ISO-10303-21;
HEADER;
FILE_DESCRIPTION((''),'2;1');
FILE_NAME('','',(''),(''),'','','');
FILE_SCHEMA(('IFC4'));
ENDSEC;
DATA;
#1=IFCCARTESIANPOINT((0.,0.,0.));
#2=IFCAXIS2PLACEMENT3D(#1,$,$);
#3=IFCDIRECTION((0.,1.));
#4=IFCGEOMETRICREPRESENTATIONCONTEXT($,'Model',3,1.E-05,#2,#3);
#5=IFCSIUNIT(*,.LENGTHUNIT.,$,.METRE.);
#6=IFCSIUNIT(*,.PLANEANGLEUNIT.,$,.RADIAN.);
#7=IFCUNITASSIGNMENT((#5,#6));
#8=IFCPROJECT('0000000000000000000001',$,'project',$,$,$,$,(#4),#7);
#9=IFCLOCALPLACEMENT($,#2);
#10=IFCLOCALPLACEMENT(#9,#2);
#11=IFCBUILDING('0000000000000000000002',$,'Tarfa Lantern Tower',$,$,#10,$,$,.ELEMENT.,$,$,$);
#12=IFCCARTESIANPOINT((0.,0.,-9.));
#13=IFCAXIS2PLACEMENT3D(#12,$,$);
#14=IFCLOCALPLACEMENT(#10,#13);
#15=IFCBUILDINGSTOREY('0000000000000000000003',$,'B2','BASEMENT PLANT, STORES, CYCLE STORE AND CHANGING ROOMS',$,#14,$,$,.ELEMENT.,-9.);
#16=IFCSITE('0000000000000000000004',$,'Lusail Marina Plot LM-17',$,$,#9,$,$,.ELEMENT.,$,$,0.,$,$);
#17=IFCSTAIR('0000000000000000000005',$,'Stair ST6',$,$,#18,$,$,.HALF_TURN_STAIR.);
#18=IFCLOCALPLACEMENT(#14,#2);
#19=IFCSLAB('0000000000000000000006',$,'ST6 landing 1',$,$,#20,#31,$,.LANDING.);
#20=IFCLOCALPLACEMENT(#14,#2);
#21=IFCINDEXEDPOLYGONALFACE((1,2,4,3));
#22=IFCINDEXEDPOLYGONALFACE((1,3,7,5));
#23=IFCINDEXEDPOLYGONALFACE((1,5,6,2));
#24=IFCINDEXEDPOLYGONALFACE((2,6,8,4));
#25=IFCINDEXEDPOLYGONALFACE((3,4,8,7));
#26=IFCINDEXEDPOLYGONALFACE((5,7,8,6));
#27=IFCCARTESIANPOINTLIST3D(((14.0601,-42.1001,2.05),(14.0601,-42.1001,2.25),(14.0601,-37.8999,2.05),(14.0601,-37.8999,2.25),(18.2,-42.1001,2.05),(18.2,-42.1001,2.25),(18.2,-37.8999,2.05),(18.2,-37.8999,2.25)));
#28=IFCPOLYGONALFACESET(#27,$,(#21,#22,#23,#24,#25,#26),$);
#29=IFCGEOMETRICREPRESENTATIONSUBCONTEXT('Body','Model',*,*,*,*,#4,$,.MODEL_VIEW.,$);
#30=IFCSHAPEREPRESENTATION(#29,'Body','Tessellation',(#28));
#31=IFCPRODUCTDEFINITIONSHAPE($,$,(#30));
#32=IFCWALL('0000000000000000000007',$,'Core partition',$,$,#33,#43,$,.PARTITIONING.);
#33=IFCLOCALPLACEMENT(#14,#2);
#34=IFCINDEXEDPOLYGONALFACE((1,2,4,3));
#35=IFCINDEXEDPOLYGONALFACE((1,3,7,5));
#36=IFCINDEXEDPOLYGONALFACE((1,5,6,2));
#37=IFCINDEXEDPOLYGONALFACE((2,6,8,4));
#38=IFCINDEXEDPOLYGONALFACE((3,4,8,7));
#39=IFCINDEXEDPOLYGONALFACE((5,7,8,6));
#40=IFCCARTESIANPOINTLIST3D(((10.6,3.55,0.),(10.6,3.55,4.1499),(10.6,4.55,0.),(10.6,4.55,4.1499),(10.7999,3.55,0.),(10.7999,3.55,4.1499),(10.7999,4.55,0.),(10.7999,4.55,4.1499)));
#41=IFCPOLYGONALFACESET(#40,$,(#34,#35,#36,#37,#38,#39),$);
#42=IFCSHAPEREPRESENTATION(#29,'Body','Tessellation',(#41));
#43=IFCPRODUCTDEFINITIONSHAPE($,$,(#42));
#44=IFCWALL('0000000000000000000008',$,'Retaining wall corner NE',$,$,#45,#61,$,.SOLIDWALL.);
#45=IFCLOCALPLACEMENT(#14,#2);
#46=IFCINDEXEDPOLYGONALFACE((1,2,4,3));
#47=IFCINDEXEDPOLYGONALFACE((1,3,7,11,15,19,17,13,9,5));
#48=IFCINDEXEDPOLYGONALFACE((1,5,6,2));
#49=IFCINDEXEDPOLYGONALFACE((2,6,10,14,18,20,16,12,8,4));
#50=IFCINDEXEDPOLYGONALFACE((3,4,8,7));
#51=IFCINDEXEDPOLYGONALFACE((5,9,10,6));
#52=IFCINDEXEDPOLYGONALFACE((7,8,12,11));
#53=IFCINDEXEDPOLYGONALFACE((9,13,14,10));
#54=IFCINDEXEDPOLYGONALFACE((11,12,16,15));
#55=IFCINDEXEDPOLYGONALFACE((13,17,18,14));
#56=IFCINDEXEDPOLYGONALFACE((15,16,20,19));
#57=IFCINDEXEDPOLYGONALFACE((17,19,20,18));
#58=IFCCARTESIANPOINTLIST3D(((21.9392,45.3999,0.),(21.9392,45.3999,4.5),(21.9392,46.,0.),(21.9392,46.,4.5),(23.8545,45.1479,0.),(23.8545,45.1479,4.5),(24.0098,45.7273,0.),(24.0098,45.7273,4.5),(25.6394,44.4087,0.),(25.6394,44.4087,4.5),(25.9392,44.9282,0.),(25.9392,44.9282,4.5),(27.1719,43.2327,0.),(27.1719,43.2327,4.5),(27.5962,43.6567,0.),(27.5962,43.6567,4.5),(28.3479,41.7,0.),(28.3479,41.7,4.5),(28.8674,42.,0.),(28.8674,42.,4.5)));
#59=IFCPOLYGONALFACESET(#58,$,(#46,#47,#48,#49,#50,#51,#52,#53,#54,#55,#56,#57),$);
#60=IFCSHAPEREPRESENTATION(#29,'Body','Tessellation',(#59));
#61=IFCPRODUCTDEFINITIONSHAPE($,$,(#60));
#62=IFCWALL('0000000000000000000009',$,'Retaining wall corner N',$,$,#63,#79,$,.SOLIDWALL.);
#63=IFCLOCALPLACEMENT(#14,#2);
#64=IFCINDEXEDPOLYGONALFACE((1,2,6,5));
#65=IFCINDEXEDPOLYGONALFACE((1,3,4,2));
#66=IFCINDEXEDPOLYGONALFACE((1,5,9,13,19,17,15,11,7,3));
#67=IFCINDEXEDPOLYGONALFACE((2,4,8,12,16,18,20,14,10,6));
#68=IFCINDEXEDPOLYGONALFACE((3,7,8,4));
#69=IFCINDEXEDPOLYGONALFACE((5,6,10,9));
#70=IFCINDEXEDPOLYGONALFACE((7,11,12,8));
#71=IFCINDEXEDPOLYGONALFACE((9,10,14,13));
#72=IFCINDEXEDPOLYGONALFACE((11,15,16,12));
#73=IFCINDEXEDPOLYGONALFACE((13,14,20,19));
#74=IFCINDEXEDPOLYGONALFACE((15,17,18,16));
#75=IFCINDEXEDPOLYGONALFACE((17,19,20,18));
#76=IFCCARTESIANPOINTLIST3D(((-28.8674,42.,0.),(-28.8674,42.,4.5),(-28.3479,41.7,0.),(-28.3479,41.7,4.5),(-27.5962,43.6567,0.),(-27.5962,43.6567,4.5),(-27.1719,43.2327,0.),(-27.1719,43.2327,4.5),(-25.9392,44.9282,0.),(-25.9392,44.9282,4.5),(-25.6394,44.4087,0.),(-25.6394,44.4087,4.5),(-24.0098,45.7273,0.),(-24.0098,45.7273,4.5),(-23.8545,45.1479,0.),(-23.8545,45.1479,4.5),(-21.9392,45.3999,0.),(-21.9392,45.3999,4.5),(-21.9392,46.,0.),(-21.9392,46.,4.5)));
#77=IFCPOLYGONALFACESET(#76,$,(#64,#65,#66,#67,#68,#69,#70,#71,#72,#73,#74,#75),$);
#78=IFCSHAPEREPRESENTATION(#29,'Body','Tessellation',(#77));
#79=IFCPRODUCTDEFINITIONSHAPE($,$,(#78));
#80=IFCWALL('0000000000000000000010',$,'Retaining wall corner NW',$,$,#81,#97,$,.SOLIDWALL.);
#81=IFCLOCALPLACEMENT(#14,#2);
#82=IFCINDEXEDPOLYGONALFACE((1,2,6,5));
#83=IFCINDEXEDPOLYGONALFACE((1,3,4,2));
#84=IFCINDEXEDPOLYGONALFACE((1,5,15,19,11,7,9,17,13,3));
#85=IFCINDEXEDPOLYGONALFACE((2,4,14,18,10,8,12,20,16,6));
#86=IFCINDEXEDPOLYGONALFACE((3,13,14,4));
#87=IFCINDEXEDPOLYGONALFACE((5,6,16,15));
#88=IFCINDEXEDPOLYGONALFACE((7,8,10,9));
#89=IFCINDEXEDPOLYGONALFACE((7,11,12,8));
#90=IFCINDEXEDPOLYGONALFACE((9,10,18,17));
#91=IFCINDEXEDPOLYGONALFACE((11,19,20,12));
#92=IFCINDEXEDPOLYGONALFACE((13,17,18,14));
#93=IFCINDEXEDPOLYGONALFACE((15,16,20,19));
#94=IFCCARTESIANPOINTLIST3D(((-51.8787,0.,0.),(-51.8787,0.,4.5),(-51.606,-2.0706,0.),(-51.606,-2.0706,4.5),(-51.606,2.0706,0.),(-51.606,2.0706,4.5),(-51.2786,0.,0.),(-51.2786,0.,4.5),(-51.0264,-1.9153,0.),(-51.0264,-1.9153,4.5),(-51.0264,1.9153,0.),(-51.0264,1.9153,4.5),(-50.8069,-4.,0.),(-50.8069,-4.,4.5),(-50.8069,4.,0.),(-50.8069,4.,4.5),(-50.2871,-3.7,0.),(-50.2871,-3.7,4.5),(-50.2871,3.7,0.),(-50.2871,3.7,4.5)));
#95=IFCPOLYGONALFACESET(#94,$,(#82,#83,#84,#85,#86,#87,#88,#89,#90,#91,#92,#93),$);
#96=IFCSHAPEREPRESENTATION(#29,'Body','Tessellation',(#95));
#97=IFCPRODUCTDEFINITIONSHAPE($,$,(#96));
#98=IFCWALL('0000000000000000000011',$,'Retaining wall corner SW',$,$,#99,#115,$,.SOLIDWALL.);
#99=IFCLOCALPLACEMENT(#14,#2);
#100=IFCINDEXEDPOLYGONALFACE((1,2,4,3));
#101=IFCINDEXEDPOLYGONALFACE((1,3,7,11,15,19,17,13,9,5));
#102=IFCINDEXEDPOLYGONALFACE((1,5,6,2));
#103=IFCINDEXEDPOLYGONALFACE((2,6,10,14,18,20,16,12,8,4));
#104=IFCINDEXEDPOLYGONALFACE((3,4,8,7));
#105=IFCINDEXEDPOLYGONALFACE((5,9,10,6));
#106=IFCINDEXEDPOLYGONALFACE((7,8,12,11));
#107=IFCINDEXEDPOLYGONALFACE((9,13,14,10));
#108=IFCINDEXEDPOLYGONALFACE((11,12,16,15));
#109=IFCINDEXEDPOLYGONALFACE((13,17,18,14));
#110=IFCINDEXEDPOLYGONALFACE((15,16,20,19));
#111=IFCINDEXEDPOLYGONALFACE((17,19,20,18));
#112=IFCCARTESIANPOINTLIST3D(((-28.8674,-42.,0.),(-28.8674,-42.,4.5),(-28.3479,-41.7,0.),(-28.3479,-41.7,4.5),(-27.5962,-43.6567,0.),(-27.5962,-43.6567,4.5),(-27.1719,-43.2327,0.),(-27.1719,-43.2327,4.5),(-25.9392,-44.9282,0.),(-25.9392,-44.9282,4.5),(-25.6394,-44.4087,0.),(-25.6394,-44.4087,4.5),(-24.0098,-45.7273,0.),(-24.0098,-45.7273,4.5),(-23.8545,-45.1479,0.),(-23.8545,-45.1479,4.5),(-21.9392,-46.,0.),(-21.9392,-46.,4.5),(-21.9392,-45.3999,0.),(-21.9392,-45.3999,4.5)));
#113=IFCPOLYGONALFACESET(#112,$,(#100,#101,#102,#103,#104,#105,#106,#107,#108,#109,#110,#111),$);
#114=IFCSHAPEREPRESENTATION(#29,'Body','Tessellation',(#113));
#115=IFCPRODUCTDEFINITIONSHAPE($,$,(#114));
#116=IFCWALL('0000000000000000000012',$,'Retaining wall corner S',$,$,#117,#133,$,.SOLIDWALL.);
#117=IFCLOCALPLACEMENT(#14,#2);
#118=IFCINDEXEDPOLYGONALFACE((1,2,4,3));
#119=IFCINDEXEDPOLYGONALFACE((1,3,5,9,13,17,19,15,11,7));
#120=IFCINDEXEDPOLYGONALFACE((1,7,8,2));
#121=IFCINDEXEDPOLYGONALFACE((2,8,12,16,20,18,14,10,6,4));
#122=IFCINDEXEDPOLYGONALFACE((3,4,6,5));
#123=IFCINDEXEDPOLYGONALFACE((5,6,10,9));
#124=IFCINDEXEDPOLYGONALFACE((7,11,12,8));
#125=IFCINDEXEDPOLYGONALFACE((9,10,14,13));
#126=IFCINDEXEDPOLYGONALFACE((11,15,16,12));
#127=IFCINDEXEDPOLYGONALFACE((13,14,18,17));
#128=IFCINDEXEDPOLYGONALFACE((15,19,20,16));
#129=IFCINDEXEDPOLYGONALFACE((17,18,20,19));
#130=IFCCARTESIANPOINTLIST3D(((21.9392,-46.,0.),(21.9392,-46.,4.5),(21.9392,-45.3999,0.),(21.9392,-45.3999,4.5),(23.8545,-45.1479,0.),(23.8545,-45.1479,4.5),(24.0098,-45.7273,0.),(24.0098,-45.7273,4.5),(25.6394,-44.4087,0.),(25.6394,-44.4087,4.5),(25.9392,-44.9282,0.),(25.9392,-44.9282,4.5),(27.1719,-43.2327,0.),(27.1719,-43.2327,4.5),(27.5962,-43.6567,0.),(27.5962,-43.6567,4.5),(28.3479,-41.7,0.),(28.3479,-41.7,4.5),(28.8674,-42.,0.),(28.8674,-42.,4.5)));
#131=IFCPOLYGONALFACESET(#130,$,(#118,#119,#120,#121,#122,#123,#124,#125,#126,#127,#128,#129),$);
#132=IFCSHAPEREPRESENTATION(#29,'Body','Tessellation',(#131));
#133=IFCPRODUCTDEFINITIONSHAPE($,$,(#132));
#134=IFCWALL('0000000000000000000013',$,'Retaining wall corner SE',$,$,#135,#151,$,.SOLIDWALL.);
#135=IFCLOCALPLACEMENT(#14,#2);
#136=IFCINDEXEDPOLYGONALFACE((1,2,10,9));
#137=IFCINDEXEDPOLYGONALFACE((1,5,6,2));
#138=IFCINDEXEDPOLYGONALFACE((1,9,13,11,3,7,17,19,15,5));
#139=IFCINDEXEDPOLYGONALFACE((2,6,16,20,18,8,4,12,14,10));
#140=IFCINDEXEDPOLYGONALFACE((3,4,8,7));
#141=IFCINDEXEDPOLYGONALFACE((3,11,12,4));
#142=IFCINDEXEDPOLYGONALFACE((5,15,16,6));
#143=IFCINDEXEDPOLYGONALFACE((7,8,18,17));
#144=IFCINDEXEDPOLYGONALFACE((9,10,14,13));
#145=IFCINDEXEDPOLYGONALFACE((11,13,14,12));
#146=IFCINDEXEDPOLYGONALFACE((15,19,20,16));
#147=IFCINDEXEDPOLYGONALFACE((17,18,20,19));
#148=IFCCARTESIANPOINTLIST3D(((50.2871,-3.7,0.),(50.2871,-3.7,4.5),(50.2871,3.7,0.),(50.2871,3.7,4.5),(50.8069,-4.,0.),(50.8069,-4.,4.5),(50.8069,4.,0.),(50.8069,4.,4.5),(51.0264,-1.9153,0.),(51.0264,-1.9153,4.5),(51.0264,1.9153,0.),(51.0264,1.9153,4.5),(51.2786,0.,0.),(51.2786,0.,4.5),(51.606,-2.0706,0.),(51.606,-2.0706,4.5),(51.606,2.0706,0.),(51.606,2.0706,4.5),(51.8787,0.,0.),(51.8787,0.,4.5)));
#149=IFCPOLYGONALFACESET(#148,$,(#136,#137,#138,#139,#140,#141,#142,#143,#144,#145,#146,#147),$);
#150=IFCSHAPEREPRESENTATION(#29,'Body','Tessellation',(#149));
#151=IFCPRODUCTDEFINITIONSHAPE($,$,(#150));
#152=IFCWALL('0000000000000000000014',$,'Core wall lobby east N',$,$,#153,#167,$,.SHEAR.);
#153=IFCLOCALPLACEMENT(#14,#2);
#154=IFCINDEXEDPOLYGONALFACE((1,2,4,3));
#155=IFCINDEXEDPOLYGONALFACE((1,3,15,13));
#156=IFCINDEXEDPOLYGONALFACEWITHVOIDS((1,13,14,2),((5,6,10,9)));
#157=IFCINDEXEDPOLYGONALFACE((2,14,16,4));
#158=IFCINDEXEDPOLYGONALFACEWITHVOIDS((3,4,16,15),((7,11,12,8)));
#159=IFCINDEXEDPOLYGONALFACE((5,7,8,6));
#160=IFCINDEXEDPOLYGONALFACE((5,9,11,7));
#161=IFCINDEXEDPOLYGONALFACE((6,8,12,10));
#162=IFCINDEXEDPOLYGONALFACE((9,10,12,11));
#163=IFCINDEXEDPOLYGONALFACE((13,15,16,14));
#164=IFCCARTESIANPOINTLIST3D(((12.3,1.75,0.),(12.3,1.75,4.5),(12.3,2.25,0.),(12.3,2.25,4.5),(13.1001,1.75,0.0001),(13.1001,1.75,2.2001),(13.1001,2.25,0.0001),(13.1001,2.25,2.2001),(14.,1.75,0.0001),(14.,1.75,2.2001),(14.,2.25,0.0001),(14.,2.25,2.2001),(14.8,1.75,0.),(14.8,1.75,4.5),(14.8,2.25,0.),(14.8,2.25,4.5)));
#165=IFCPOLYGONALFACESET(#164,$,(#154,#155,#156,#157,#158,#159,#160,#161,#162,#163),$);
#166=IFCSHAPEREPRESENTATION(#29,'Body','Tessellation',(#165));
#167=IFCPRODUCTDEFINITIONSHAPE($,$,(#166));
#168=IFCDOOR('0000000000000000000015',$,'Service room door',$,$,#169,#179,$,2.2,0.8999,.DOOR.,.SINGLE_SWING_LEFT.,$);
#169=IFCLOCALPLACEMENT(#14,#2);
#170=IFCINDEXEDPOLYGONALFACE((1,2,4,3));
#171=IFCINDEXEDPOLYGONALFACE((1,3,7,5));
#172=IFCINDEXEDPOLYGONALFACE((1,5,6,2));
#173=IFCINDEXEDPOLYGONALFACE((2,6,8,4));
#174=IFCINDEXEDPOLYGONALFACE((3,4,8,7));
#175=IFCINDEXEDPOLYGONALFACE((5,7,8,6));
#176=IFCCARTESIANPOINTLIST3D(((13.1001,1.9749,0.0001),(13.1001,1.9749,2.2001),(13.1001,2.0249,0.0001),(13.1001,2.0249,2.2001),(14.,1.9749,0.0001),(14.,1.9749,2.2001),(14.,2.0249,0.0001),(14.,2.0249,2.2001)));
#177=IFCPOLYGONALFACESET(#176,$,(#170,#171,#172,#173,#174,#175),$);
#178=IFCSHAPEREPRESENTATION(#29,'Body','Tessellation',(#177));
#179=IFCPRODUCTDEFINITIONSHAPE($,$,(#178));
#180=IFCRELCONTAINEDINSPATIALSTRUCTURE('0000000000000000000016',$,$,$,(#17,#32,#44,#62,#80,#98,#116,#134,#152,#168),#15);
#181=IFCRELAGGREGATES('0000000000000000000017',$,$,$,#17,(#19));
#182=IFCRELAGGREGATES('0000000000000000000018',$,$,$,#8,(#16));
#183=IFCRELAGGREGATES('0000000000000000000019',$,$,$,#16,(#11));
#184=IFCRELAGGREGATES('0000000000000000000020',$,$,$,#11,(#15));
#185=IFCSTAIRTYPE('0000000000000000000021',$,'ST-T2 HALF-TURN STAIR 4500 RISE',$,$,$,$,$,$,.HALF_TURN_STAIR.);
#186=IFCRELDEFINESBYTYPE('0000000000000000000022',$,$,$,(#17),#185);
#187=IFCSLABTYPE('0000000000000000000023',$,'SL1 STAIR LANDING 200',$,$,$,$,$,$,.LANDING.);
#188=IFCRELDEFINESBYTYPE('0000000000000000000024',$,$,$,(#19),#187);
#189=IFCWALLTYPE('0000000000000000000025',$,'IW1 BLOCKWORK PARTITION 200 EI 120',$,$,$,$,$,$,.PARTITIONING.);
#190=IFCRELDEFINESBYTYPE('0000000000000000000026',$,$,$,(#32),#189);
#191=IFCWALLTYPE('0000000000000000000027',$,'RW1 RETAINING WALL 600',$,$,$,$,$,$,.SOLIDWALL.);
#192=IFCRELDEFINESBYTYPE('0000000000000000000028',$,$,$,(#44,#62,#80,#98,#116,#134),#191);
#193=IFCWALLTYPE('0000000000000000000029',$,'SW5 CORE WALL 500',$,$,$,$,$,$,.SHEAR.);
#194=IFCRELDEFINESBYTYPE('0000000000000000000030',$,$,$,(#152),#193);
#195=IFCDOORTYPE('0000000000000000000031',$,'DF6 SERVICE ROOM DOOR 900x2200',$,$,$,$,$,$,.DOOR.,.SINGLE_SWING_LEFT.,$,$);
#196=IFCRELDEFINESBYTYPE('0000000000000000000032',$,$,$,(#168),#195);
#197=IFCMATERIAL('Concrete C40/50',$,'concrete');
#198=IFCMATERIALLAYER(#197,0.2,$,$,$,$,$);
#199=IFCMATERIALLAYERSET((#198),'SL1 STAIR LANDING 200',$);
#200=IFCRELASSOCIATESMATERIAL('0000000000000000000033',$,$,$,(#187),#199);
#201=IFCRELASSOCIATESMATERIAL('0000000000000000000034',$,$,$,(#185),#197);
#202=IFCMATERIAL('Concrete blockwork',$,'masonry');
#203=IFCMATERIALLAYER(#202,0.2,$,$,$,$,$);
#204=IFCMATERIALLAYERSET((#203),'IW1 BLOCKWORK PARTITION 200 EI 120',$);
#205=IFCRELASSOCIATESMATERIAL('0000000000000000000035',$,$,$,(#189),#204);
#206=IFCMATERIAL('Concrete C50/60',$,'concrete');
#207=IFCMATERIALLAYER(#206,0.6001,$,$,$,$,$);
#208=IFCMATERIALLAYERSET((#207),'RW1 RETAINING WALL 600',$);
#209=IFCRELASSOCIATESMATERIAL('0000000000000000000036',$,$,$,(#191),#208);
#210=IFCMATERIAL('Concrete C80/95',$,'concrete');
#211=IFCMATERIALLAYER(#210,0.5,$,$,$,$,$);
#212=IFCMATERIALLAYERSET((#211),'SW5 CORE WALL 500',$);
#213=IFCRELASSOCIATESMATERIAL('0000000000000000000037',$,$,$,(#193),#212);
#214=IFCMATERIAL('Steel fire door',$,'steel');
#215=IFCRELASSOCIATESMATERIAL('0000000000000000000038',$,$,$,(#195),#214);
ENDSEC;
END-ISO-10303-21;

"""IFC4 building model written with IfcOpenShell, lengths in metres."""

from ifc_helpers import new_model, si_unit, direction, frame, frame_2d, origin, place, context, subcontext, project, spatial, polyline, rectangle, outline, extrude, material, layer, layer_set, type_object, element, fill, aggregate, save


model = new_model("IFC4")

# Units and contexts
model_context = context("Model", 3, precision=1e-05, world=origin(), true_north=direction((0.0, 1.0)))
body_context = subcontext(model_context, "Body", "Model", "MODEL_VIEW")
ifc_project = project(units=[si_unit("LENGTHUNIT", "METRE"), si_unit("PLANEANGLEUNIT", "RADIAN")], contexts=[model_context])

# Site, building, storey
site_placement = place(None, origin())
site = spatial("IfcSite", under=ifc_project, at=site_placement, Name="Lusail Marina Plot LM-17", CompositionType="ELEMENT", RefElevation=0.0)
building_placement = place(site_placement, origin())
building = spatial("IfcBuilding", under=site, at=building_placement, Name="Tarfa Lantern Tower", CompositionType="ELEMENT")
storey_placement = place(building_placement, frame((0.0, 0.0, -9.0)))
storey = spatial("IfcBuildingStorey", under=building, at=storey_placement, Name="B2", Description="BASEMENT PLANT, STORES, CYCLE STORE AND CHANGING ROOMS", CompositionType="ELEMENT", Elevation=-9.0)

# Shared definitions
ifc_material_1 = material(Name="Concrete C40/50", Category="concrete")

# Stair, slab
ifc_layer_1 = layer(ifc_material_1, 0.2)
ifc_layer_set_1 = layer_set([ifc_layer_1], Name="SL1 STAIR LANDING 200")
slab_type = type_object("IfcSlabType", Name="SL1 STAIR LANDING 200", PredefinedType="LANDING", material=ifc_layer_set_1)
stair_type_1 = type_object("IfcStairType", Name="ST-T2 HALF-TURN STAIR 4500 RISE", PredefinedType="HALF_TURN_STAIR", material=ifc_material_1)
stair_1_placement = place(storey_placement, origin())
stair_1 = element("IfcStair", 1, at=stair_1_placement, inside=storey, type_object=stair_type_1, Name="Stair ST6", PredefinedType="HALF_TURN_STAIR")
slab_1_placement = place(storey_placement, frame((0.0, 0.0, 2.05)))
slab_1 = element("IfcSlab", 2, at=slab_1_placement, type_object=slab_type, Name="ST6 landing 1", PredefinedType="LANDING", context=body_context, shape_type="SweptSolid", body=[
    extrude(outline(polyline([(14.0601, -42.1001), (18.2, -42.1001), (18.2, -37.8999), (14.0601, -37.8999), (14.0601, -42.1001)])), origin(), (0.0, 0.0, 1.0), 0.2),
])
aggregate(stair_1, [slab_1])

# Walls
ifc_material_2 = material(Name="Concrete blockwork", Category="masonry")
ifc_layer_2 = layer(ifc_material_2, 0.2)
ifc_layer_set_2 = layer_set([ifc_layer_2], Name="IW1 BLOCKWORK PARTITION 200 EI 120")
wall_type_1 = type_object("IfcWallType", Name="IW1 BLOCKWORK PARTITION 200 EI 120", PredefinedType="PARTITIONING", material=ifc_layer_set_2)
wall_1_placement = place(storey_placement, frame((10.7, 3.55, 0.0), z_axis=(0.0, 0.0, 1.0), x_axis=(0.0, 1.0, 0.0)))
element("IfcWall", 3, at=wall_1_placement, inside=storey, type_object=wall_type_1, Name="Core partition", PredefinedType="PARTITIONING", context=body_context, shape_type="SweptSolid", body=[
    extrude(rectangle(XDim=1.0, YDim=0.2, at=frame_2d((0.5, 0.0))), origin(), (0.0, 0.0, 1.0), 4.1499),
])
ifc_material_3 = material(Name="Concrete C50/60", Category="concrete")
ifc_layer_3 = layer(ifc_material_3, 0.6001)
ifc_layer_set_3 = layer_set([ifc_layer_3], Name="RW1 RETAINING WALL 600")
wall_type_2 = type_object("IfcWallType", Name="RW1 RETAINING WALL 600", PredefinedType="SOLIDWALL", material=ifc_layer_set_3)
wall_2_placement = place(storey_placement, origin())
element("IfcWall", 4, at=wall_2_placement, inside=storey, type_object=wall_type_2, Name="Retaining wall corner NE", PredefinedType="SOLIDWALL", context=body_context, shape_type="SweptSolid", body=[
    extrude(outline(polyline([(28.8674, 42.0), (27.5962, 43.6567), (25.9392, 44.9282), (24.0098, 45.7273), (21.9392, 46.0), (21.9392, 45.3999), (23.8545, 45.1479), (25.6394, 44.4087), (27.1719, 43.2327), (28.3479, 41.7), (28.8674, 42.0)])), origin(), (0.0, 0.0, 1.0), 4.5),
])
wall_3_placement = place(storey_placement, origin())
element("IfcWall", 5, at=wall_3_placement, inside=storey, type_object=wall_type_2, Name="Retaining wall corner N", PredefinedType="SOLIDWALL", context=body_context, shape_type="SweptSolid", body=[
    extrude(outline(polyline([(-21.9392, 46.0), (-24.0098, 45.7273), (-25.9392, 44.9282), (-27.5962, 43.6567), (-28.8674, 42.0), (-28.3479, 41.7), (-27.1719, 43.2327), (-25.6394, 44.4087), (-23.8545, 45.1479), (-21.9392, 45.3999), (-21.9392, 46.0)])), origin(), (0.0, 0.0, 1.0), 4.5),
])
wall_4_placement = place(storey_placement, origin())
element("IfcWall", 6, at=wall_4_placement, inside=storey, type_object=wall_type_2, Name="Retaining wall corner NW", PredefinedType="SOLIDWALL", context=body_context, shape_type="SweptSolid", body=[
    extrude(outline(polyline([(-50.8069, 4.0), (-51.606, 2.0706), (-51.8787, 0.0), (-51.606, -2.0706), (-50.8069, -4.0), (-50.2871, -3.7), (-51.0264, -1.9153), (-51.2786, 0.0), (-51.0264, 1.9153), (-50.2871, 3.7), (-50.8069, 4.0)])), origin(), (0.0, 0.0, 1.0), 4.5),
])
wall_5_placement = place(storey_placement, origin())
element("IfcWall", 7, at=wall_5_placement, inside=storey, type_object=wall_type_2, Name="Retaining wall corner SW", PredefinedType="SOLIDWALL", context=body_context, shape_type="SweptSolid", body=[
    extrude(outline(polyline([(-28.8674, -42.0), (-27.5962, -43.6567), (-25.9392, -44.9282), (-24.0098, -45.7273), (-21.9392, -46.0), (-21.9392, -45.3999), (-23.8545, -45.1479), (-25.6394, -44.4087), (-27.1719, -43.2327), (-28.3479, -41.7), (-28.8674, -42.0)])), origin(), (0.0, 0.0, 1.0), 4.5),
])
wall_6_placement = place(storey_placement, origin())
element("IfcWall", 8, at=wall_6_placement, inside=storey, type_object=wall_type_2, Name="Retaining wall corner S", PredefinedType="SOLIDWALL", context=body_context, shape_type="SweptSolid", body=[
    extrude(outline(polyline([(21.9392, -46.0), (24.0098, -45.7273), (25.9392, -44.9282), (27.5962, -43.6567), (28.8674, -42.0), (28.3479, -41.7), (27.1719, -43.2327), (25.6394, -44.4087), (23.8545, -45.1479), (21.9392, -45.3999), (21.9392, -46.0)])), origin(), (0.0, 0.0, 1.0), 4.5),
])
wall_7_placement = place(storey_placement, origin())
element("IfcWall", 9, at=wall_7_placement, inside=storey, type_object=wall_type_2, Name="Retaining wall corner SE", PredefinedType="SOLIDWALL", context=body_context, shape_type="SweptSolid", body=[
    extrude(outline(polyline([(50.8069, -4.0), (51.606, -2.0706), (51.8787, 0.0), (51.606, 2.0706), (50.8069, 4.0), (50.2871, 3.7), (51.0264, 1.9153), (51.2786, 0.0), (51.0264, -1.9153), (50.2871, -3.7), (50.8069, -4.0)])), origin(), (0.0, 0.0, 1.0), 4.5),
])

# Wall, opening, door
ifc_material_4 = material(Name="Concrete C80/95", Category="concrete")
ifc_layer_4 = layer(ifc_material_4, 0.5)
ifc_layer_set_4 = layer_set([ifc_layer_4], Name="SW5 CORE WALL 500")
wall_type_3 = type_object("IfcWallType", Name="SW5 CORE WALL 500", PredefinedType="SHEAR", material=ifc_layer_set_4)
wall_8_placement = place(storey_placement, frame((12.3, 2.0, 0.0), z_axis=(0.0, 0.0, 1.0), x_axis=(1.0, 0.0, 0.0)))
wall_8 = element("IfcWall", 10, at=wall_8_placement, inside=storey, type_object=wall_type_3, Name="Core wall lobby east N", PredefinedType="SHEAR", context=body_context, shape_type="SweptSolid", body=[
    extrude(rectangle(XDim=2.5, YDim=0.5, at=frame_2d((1.25, 0.0))), origin(), (0.0, 0.0, 1.0), 4.5),
])
opening_1_placement = place(wall_8_placement, frame((0.8, 0.0, 0.0)))
opening_1 = element("IfcOpeningElement", 11, at=opening_1_placement, cuts=wall_8, PredefinedType="OPENING", context=body_context, shape_type="SweptSolid", body=[
    extrude(rectangle(XDim=0.8999, YDim=2.2, at=frame_2d((0.45, 1.1001))), frame((0.0, 0.26, 0.0), z_axis=(0.0, -1.0, 0.0), x_axis=(1.0, 0.0, 0.0)), (0.0, 0.0, 1.0), 0.52),
])
ifc_material_5 = material(Name="Steel fire door", Category="steel")
door_type = type_object("IfcDoorType", Name="DF6 SERVICE ROOM DOOR 900x2200", OperationType="SINGLE_SWING_LEFT", PredefinedType="DOOR", material=ifc_material_5)
door_1_placement = place(opening_1_placement, origin())
door_1 = element("IfcDoor", 12, at=door_1_placement, inside=storey, type_object=door_type, Name="Service room door", OperationType="SINGLE_SWING_LEFT", OverallHeight=2.2, OverallWidth=0.8999, PredefinedType="DOOR", context=body_context, shape_type="SweptSolid", body=[
    extrude(rectangle(XDim=0.8999, YDim=2.2, at=frame_2d((0.45, 1.1001))), frame((0.0, 0.0249, 0.0), z_axis=(0.0, -1.0, 0.0), x_axis=(1.0, 0.0, 0.0)), (0.0, 0.0, 1.0), 0.05),
])
fill(opening_1, door_1)

save(model, "model.ifc")
